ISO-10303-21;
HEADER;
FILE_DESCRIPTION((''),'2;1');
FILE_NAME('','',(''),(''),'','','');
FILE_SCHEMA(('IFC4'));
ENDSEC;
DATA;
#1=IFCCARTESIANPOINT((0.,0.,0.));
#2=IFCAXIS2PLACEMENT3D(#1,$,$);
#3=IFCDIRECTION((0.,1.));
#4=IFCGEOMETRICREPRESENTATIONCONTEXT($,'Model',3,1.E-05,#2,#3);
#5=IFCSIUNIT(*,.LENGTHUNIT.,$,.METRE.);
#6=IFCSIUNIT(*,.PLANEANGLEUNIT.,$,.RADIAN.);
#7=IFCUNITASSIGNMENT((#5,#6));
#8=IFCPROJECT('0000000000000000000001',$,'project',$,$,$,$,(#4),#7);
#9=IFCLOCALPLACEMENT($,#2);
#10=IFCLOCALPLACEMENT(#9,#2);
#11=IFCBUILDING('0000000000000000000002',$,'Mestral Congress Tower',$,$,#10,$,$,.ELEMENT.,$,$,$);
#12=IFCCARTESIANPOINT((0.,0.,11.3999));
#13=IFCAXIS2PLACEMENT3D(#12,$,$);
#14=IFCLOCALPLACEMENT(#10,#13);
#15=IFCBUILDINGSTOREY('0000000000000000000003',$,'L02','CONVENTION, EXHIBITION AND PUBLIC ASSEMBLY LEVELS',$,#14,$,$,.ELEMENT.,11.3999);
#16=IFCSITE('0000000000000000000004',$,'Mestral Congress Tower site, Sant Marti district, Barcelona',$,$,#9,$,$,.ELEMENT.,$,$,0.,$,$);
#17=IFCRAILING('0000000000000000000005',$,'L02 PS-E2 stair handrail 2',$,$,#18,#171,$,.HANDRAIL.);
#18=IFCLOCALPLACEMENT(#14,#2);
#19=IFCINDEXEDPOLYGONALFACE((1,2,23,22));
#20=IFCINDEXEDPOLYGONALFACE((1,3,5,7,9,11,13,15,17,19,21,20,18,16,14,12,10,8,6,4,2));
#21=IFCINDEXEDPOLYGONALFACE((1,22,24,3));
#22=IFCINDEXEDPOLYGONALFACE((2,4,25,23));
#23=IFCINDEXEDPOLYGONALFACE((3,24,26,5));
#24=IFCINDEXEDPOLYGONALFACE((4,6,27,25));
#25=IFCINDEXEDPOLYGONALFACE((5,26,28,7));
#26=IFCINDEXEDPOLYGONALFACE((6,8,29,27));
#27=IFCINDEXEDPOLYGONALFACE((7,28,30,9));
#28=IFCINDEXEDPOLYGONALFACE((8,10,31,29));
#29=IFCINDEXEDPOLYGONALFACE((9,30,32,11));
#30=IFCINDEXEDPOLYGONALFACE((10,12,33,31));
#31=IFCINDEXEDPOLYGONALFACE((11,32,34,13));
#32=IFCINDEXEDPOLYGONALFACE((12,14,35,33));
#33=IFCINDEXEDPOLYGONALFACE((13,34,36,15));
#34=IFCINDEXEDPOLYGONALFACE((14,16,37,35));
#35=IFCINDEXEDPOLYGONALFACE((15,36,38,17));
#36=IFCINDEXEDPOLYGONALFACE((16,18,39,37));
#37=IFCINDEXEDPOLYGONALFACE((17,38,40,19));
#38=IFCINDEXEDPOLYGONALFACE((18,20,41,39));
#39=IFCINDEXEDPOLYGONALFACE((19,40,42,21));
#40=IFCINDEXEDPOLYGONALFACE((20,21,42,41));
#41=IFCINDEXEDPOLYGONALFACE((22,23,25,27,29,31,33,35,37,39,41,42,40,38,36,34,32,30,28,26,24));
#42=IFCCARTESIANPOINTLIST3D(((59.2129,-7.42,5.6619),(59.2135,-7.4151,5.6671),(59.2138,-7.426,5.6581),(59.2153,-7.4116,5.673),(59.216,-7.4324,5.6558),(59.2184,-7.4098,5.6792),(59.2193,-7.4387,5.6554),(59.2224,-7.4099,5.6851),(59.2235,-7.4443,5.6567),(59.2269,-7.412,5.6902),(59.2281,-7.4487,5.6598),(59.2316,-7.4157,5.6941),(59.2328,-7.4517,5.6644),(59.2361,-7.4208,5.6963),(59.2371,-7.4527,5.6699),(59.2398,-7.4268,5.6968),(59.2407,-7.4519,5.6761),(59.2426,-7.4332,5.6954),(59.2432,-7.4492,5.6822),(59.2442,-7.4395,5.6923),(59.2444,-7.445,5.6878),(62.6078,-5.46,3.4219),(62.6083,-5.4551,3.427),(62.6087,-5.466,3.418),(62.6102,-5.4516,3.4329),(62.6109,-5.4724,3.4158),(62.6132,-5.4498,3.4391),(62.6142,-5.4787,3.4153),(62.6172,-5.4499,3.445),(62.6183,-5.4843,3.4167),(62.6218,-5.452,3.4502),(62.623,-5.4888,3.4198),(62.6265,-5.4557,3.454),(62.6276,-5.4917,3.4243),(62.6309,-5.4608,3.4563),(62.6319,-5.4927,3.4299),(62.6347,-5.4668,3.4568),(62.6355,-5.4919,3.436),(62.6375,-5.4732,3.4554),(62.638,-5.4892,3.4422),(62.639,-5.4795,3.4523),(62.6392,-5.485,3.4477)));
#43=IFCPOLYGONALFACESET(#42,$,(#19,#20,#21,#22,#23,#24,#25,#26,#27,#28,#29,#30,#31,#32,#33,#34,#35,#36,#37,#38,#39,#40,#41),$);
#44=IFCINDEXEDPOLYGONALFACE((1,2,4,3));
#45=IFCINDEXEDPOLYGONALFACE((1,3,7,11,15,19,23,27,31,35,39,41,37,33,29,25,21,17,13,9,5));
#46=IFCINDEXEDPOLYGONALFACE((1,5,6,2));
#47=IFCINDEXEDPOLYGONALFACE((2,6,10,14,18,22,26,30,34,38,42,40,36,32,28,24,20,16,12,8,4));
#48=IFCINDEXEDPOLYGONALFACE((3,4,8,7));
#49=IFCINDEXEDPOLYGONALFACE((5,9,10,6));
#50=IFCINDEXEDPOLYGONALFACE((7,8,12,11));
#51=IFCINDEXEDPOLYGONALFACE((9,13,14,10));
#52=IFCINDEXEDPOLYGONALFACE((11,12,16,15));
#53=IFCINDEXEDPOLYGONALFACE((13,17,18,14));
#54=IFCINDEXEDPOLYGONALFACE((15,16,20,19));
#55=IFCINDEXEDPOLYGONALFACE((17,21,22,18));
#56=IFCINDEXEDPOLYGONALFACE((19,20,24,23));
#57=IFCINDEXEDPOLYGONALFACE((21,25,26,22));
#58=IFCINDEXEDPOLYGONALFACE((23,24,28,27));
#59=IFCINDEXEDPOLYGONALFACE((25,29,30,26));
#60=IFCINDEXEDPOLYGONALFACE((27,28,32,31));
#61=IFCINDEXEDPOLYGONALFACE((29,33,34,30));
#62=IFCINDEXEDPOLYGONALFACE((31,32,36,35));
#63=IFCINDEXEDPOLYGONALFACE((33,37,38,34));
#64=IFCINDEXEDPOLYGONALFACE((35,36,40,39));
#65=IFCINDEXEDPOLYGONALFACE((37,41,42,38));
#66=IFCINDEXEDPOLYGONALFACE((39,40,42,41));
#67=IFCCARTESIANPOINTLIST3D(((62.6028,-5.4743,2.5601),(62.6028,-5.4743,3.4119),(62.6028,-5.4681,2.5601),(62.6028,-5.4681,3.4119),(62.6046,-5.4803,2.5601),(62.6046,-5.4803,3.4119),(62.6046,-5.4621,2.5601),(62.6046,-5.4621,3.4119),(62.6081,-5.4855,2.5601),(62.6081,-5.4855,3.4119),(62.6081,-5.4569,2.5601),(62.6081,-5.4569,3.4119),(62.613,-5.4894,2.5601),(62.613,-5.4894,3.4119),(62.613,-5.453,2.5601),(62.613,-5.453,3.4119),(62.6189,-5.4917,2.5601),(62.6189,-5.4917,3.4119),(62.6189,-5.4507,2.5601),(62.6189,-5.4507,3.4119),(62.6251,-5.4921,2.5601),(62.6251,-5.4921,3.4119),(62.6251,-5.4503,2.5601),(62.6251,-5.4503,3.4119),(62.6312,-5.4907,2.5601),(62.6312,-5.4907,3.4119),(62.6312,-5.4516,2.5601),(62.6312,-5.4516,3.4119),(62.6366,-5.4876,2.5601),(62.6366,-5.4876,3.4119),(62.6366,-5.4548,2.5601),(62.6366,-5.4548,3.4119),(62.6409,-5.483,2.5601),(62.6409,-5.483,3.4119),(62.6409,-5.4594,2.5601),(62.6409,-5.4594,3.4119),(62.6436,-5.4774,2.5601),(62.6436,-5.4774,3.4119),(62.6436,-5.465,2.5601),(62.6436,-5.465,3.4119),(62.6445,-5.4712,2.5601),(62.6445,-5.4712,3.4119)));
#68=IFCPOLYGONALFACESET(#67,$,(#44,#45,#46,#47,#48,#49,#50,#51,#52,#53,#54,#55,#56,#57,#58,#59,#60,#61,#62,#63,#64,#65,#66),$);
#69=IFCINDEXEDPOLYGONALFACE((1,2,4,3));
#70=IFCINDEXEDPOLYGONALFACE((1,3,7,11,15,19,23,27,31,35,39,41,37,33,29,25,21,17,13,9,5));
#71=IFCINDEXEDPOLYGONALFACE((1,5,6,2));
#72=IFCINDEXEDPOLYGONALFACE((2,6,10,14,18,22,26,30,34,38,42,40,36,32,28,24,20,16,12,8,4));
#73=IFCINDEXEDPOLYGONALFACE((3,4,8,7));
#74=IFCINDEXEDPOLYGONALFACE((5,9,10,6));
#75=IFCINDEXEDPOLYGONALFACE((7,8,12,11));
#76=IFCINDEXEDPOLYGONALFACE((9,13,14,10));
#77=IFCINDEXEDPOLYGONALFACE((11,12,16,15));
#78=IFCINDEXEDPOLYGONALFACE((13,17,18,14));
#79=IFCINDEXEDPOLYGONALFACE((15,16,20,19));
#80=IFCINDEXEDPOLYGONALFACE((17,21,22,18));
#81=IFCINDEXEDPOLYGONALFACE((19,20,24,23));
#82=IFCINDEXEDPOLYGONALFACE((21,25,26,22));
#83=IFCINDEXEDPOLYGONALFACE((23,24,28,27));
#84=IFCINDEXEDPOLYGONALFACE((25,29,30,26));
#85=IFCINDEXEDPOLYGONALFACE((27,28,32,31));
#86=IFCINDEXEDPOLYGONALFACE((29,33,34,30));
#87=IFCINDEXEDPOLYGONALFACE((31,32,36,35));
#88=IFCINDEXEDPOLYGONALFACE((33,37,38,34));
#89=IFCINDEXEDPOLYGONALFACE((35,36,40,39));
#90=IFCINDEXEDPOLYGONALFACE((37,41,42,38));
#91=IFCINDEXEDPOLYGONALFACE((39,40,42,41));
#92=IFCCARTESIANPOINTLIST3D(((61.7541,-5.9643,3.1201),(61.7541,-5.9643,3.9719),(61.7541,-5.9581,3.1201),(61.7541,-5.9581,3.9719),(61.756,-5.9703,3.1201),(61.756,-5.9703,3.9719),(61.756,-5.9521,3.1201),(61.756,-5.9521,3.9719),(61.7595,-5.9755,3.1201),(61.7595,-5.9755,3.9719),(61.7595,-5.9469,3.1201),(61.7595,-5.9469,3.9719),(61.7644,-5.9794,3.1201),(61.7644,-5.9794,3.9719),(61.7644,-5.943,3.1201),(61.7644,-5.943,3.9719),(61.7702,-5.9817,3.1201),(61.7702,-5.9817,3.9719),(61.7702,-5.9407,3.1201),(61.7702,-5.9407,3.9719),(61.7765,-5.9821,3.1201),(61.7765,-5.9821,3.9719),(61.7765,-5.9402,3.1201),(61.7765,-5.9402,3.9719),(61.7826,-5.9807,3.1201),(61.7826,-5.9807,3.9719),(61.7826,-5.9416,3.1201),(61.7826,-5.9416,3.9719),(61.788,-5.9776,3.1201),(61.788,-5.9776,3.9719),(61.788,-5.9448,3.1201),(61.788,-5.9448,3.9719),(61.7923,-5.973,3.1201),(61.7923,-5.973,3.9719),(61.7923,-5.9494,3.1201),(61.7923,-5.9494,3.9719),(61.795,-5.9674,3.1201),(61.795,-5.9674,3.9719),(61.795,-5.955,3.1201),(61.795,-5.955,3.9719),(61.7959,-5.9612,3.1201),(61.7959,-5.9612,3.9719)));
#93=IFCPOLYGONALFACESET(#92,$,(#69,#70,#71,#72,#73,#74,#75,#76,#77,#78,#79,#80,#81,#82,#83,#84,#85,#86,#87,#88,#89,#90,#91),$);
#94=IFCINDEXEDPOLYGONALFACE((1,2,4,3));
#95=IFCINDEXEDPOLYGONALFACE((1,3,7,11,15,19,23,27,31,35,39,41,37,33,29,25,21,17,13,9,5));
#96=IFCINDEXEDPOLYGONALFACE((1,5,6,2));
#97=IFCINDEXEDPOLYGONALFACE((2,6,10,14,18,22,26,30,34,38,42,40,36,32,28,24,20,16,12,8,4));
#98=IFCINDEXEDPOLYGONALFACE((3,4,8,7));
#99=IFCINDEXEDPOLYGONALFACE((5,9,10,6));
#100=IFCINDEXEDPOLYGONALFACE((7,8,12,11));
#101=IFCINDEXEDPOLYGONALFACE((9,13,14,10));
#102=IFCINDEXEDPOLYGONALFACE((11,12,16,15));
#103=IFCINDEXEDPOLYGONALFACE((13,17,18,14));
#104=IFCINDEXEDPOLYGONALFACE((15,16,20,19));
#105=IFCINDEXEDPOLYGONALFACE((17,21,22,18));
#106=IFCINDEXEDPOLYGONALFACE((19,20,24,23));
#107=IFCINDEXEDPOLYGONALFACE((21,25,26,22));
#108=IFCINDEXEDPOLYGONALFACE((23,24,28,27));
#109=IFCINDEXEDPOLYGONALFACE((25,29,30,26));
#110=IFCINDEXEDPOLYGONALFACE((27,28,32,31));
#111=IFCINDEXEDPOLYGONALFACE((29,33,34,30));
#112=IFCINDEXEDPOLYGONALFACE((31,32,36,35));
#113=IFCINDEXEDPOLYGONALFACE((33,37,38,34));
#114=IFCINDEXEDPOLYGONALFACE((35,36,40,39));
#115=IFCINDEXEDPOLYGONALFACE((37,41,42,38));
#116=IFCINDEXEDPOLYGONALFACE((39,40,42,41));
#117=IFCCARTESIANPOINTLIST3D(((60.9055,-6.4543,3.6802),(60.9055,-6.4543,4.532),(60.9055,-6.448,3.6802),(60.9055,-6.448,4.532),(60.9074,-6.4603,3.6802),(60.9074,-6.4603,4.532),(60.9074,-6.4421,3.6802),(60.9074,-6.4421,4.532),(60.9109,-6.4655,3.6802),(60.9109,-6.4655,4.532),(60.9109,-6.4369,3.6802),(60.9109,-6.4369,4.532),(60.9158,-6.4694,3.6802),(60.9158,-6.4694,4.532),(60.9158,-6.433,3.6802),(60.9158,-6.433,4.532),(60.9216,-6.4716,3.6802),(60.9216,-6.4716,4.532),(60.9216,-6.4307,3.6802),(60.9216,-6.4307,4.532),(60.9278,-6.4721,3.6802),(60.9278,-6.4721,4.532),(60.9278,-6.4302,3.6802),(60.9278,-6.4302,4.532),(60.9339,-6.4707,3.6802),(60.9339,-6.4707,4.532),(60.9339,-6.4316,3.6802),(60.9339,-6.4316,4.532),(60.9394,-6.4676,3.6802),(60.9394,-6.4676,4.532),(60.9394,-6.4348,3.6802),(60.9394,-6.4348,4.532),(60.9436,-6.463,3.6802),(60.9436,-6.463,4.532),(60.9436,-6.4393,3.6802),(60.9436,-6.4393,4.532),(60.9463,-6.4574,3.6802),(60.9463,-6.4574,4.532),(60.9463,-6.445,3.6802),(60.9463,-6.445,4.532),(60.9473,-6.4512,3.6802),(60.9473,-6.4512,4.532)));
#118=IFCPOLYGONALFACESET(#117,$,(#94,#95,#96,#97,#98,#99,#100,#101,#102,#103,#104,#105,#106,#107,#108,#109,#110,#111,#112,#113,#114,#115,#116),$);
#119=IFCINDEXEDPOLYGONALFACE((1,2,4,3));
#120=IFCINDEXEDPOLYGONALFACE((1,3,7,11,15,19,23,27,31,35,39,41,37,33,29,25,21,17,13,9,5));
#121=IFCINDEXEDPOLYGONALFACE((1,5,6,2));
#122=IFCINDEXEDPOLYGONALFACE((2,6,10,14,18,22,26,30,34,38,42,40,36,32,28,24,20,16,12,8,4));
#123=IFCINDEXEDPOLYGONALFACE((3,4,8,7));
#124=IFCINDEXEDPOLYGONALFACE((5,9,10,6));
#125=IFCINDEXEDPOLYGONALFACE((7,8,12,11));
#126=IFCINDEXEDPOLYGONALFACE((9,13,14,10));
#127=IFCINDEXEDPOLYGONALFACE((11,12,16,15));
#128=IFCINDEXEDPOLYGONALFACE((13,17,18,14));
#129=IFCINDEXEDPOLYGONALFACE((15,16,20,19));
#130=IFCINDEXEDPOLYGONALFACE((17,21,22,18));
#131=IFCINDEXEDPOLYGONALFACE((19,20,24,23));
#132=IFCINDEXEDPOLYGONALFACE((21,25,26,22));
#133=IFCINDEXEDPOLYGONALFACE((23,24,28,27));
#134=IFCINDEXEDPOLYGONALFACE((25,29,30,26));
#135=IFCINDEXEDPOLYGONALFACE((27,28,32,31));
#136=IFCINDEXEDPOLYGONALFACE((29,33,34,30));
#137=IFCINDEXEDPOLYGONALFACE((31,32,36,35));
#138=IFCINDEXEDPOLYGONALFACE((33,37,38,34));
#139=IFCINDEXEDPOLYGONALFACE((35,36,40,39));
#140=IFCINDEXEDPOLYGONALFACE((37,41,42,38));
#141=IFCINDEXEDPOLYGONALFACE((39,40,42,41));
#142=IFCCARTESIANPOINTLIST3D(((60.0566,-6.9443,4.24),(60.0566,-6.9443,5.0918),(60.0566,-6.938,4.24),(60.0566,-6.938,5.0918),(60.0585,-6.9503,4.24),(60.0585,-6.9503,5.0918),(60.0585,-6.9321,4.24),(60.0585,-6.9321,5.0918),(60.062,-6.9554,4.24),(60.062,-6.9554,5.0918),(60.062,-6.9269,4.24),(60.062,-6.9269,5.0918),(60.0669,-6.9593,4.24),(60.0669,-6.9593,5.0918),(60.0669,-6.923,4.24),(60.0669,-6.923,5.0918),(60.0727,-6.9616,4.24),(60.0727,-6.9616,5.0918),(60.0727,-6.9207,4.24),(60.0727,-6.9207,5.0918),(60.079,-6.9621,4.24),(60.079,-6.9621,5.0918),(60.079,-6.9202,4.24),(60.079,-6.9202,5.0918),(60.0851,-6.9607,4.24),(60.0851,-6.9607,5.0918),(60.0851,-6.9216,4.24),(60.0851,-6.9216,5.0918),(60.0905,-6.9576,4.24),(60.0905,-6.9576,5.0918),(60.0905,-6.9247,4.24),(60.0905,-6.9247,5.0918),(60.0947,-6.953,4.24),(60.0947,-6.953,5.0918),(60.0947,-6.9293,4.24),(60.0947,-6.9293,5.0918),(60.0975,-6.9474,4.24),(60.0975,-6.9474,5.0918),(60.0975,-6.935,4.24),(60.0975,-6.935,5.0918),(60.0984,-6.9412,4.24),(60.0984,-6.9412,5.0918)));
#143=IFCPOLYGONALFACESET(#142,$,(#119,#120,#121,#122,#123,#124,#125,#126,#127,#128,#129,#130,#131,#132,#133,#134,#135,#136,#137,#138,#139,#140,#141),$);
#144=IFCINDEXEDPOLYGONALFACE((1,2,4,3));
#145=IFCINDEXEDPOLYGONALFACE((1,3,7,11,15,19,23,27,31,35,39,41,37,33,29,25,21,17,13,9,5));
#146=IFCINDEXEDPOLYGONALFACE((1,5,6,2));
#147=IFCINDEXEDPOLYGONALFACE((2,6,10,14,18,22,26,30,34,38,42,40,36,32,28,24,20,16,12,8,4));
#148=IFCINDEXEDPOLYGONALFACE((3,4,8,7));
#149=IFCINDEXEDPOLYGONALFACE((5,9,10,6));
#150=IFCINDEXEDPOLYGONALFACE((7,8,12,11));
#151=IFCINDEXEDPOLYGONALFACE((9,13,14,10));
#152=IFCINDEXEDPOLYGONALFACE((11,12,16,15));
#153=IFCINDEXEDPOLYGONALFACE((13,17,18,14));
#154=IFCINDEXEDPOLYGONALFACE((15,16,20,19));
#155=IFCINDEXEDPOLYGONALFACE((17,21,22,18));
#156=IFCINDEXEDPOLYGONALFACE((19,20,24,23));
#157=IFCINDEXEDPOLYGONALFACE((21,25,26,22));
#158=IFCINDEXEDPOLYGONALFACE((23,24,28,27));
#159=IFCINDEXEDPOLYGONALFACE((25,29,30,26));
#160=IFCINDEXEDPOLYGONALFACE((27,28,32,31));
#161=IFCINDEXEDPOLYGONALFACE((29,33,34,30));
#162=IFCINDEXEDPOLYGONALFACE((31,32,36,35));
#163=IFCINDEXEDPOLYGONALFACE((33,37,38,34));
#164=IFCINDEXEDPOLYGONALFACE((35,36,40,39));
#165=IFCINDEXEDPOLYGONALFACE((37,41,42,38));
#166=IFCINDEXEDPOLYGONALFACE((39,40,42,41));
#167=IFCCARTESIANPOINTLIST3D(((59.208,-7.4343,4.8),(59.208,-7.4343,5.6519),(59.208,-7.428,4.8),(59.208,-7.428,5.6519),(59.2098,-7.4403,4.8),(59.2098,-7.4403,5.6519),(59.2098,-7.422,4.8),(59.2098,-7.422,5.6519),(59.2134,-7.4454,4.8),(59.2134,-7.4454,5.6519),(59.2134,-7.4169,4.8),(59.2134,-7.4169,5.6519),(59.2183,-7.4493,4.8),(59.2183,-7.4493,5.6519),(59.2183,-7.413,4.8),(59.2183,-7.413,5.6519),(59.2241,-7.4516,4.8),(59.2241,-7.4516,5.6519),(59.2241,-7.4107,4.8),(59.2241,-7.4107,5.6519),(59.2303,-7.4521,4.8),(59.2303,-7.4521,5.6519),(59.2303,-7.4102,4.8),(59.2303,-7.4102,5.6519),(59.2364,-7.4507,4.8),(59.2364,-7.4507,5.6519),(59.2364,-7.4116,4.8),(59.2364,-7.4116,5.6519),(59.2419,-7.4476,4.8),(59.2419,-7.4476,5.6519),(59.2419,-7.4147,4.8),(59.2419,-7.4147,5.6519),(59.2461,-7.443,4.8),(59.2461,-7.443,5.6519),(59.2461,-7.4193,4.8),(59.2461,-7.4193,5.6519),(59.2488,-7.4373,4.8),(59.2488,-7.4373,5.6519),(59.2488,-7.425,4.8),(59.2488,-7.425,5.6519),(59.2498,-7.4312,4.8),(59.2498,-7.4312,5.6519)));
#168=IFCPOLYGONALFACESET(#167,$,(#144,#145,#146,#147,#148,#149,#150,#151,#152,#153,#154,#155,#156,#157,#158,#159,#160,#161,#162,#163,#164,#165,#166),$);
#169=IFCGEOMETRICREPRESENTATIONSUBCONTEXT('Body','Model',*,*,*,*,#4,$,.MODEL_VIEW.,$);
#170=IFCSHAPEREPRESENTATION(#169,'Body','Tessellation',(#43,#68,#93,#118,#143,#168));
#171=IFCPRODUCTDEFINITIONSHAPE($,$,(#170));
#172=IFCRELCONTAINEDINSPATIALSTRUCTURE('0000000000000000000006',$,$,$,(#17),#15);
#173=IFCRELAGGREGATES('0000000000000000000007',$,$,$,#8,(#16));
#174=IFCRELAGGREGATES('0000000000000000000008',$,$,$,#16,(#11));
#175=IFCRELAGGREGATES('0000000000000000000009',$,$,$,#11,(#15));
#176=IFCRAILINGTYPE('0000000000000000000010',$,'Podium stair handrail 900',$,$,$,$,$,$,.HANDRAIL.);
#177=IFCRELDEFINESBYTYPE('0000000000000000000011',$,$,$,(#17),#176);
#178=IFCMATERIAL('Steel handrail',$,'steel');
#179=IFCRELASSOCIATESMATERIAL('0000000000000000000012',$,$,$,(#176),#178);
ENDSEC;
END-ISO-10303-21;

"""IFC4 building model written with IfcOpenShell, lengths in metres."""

from ifc_helpers import new_model, si_unit, direction, frame, origin, origin_2d, place, context, subcontext, project, spatial, circle, extrude, material, type_object, element, save


model = new_model("IFC4")

# Units and contexts
model_context = context("Model", 3, precision=1e-05, world=origin(), true_north=direction((0.0, 1.0)))
body_context = subcontext(model_context, "Body", "Model", "MODEL_VIEW")
ifc_project = project(units=[si_unit("LENGTHUNIT", "METRE"), si_unit("PLANEANGLEUNIT", "RADIAN")], contexts=[model_context])

# Site, building, storey
site_placement = place(None, origin())
site = spatial("IfcSite", under=ifc_project, at=site_placement, Name="Mestral Congress Tower site, Sant Marti district, Barcelona", CompositionType="ELEMENT", RefElevation=0.0)
building_placement = place(site_placement, origin())
building = spatial("IfcBuilding", under=site, at=building_placement, Name="Mestral Congress Tower", CompositionType="ELEMENT")
storey_placement = place(building_placement, frame((0.0, 0.0, 11.3999)))
storey = spatial("IfcBuildingStorey", under=building, at=storey_placement, Name="L02", Description="CONVENTION, EXHIBITION AND PUBLIC ASSEMBLY LEVELS", CompositionType="ELEMENT", Elevation=11.3999)

# Railing
ifc_material_1 = material(Name="Steel handrail", Category="steel")
railing_type_1 = type_object("IfcRailingType", Name="Podium stair handrail 900", PredefinedType="HANDRAIL", material=ifc_material_1)
railing_1_placement = place(storey_placement, frame((62.6235, -5.4712, 2.5601)))
element("IfcRailing", 1, at=railing_1_placement, inside=storey, type_object=railing_type_1, Name="L02 PS-E2 stair handrail 2", PredefinedType="HANDRAIL", context=body_context, shape_type="SweptSolid", body=[
    extrude(circle(Radius=0.0239, at=origin_2d()), frame((0.0, 0.0, 0.876), z_axis=(-0.75192, -0.434118, 0.496143), x_axis=(0.499997, -0.866027, 0.0)), (0.0, 0.0, 1.0), 4.5149),
    extrude(circle(Radius=0.021, at=origin_2d()), origin(), (0.0, 0.0, 1.0), 0.8518),
    extrude(circle(Radius=0.021, at=origin_2d()), frame((-0.8486, -0.49, 0.5601)), (0.0, 0.0, 1.0), 0.8518),
    extrude(circle(Radius=0.021, at=origin_2d()), frame((-1.6973, -0.98, 1.1201)), (0.0, 0.0, 1.0), 0.8518),
    extrude(circle(Radius=0.021, at=origin_2d()), frame((-2.5461, -1.47, 1.6799)), (0.0, 0.0, 1.0), 0.8518),
    extrude(circle(Radius=0.021, at=origin_2d()), frame((-3.3948, -1.96, 2.24)), (0.0, 0.0, 1.0), 0.8518),
])

save(model, "model.ifc")
